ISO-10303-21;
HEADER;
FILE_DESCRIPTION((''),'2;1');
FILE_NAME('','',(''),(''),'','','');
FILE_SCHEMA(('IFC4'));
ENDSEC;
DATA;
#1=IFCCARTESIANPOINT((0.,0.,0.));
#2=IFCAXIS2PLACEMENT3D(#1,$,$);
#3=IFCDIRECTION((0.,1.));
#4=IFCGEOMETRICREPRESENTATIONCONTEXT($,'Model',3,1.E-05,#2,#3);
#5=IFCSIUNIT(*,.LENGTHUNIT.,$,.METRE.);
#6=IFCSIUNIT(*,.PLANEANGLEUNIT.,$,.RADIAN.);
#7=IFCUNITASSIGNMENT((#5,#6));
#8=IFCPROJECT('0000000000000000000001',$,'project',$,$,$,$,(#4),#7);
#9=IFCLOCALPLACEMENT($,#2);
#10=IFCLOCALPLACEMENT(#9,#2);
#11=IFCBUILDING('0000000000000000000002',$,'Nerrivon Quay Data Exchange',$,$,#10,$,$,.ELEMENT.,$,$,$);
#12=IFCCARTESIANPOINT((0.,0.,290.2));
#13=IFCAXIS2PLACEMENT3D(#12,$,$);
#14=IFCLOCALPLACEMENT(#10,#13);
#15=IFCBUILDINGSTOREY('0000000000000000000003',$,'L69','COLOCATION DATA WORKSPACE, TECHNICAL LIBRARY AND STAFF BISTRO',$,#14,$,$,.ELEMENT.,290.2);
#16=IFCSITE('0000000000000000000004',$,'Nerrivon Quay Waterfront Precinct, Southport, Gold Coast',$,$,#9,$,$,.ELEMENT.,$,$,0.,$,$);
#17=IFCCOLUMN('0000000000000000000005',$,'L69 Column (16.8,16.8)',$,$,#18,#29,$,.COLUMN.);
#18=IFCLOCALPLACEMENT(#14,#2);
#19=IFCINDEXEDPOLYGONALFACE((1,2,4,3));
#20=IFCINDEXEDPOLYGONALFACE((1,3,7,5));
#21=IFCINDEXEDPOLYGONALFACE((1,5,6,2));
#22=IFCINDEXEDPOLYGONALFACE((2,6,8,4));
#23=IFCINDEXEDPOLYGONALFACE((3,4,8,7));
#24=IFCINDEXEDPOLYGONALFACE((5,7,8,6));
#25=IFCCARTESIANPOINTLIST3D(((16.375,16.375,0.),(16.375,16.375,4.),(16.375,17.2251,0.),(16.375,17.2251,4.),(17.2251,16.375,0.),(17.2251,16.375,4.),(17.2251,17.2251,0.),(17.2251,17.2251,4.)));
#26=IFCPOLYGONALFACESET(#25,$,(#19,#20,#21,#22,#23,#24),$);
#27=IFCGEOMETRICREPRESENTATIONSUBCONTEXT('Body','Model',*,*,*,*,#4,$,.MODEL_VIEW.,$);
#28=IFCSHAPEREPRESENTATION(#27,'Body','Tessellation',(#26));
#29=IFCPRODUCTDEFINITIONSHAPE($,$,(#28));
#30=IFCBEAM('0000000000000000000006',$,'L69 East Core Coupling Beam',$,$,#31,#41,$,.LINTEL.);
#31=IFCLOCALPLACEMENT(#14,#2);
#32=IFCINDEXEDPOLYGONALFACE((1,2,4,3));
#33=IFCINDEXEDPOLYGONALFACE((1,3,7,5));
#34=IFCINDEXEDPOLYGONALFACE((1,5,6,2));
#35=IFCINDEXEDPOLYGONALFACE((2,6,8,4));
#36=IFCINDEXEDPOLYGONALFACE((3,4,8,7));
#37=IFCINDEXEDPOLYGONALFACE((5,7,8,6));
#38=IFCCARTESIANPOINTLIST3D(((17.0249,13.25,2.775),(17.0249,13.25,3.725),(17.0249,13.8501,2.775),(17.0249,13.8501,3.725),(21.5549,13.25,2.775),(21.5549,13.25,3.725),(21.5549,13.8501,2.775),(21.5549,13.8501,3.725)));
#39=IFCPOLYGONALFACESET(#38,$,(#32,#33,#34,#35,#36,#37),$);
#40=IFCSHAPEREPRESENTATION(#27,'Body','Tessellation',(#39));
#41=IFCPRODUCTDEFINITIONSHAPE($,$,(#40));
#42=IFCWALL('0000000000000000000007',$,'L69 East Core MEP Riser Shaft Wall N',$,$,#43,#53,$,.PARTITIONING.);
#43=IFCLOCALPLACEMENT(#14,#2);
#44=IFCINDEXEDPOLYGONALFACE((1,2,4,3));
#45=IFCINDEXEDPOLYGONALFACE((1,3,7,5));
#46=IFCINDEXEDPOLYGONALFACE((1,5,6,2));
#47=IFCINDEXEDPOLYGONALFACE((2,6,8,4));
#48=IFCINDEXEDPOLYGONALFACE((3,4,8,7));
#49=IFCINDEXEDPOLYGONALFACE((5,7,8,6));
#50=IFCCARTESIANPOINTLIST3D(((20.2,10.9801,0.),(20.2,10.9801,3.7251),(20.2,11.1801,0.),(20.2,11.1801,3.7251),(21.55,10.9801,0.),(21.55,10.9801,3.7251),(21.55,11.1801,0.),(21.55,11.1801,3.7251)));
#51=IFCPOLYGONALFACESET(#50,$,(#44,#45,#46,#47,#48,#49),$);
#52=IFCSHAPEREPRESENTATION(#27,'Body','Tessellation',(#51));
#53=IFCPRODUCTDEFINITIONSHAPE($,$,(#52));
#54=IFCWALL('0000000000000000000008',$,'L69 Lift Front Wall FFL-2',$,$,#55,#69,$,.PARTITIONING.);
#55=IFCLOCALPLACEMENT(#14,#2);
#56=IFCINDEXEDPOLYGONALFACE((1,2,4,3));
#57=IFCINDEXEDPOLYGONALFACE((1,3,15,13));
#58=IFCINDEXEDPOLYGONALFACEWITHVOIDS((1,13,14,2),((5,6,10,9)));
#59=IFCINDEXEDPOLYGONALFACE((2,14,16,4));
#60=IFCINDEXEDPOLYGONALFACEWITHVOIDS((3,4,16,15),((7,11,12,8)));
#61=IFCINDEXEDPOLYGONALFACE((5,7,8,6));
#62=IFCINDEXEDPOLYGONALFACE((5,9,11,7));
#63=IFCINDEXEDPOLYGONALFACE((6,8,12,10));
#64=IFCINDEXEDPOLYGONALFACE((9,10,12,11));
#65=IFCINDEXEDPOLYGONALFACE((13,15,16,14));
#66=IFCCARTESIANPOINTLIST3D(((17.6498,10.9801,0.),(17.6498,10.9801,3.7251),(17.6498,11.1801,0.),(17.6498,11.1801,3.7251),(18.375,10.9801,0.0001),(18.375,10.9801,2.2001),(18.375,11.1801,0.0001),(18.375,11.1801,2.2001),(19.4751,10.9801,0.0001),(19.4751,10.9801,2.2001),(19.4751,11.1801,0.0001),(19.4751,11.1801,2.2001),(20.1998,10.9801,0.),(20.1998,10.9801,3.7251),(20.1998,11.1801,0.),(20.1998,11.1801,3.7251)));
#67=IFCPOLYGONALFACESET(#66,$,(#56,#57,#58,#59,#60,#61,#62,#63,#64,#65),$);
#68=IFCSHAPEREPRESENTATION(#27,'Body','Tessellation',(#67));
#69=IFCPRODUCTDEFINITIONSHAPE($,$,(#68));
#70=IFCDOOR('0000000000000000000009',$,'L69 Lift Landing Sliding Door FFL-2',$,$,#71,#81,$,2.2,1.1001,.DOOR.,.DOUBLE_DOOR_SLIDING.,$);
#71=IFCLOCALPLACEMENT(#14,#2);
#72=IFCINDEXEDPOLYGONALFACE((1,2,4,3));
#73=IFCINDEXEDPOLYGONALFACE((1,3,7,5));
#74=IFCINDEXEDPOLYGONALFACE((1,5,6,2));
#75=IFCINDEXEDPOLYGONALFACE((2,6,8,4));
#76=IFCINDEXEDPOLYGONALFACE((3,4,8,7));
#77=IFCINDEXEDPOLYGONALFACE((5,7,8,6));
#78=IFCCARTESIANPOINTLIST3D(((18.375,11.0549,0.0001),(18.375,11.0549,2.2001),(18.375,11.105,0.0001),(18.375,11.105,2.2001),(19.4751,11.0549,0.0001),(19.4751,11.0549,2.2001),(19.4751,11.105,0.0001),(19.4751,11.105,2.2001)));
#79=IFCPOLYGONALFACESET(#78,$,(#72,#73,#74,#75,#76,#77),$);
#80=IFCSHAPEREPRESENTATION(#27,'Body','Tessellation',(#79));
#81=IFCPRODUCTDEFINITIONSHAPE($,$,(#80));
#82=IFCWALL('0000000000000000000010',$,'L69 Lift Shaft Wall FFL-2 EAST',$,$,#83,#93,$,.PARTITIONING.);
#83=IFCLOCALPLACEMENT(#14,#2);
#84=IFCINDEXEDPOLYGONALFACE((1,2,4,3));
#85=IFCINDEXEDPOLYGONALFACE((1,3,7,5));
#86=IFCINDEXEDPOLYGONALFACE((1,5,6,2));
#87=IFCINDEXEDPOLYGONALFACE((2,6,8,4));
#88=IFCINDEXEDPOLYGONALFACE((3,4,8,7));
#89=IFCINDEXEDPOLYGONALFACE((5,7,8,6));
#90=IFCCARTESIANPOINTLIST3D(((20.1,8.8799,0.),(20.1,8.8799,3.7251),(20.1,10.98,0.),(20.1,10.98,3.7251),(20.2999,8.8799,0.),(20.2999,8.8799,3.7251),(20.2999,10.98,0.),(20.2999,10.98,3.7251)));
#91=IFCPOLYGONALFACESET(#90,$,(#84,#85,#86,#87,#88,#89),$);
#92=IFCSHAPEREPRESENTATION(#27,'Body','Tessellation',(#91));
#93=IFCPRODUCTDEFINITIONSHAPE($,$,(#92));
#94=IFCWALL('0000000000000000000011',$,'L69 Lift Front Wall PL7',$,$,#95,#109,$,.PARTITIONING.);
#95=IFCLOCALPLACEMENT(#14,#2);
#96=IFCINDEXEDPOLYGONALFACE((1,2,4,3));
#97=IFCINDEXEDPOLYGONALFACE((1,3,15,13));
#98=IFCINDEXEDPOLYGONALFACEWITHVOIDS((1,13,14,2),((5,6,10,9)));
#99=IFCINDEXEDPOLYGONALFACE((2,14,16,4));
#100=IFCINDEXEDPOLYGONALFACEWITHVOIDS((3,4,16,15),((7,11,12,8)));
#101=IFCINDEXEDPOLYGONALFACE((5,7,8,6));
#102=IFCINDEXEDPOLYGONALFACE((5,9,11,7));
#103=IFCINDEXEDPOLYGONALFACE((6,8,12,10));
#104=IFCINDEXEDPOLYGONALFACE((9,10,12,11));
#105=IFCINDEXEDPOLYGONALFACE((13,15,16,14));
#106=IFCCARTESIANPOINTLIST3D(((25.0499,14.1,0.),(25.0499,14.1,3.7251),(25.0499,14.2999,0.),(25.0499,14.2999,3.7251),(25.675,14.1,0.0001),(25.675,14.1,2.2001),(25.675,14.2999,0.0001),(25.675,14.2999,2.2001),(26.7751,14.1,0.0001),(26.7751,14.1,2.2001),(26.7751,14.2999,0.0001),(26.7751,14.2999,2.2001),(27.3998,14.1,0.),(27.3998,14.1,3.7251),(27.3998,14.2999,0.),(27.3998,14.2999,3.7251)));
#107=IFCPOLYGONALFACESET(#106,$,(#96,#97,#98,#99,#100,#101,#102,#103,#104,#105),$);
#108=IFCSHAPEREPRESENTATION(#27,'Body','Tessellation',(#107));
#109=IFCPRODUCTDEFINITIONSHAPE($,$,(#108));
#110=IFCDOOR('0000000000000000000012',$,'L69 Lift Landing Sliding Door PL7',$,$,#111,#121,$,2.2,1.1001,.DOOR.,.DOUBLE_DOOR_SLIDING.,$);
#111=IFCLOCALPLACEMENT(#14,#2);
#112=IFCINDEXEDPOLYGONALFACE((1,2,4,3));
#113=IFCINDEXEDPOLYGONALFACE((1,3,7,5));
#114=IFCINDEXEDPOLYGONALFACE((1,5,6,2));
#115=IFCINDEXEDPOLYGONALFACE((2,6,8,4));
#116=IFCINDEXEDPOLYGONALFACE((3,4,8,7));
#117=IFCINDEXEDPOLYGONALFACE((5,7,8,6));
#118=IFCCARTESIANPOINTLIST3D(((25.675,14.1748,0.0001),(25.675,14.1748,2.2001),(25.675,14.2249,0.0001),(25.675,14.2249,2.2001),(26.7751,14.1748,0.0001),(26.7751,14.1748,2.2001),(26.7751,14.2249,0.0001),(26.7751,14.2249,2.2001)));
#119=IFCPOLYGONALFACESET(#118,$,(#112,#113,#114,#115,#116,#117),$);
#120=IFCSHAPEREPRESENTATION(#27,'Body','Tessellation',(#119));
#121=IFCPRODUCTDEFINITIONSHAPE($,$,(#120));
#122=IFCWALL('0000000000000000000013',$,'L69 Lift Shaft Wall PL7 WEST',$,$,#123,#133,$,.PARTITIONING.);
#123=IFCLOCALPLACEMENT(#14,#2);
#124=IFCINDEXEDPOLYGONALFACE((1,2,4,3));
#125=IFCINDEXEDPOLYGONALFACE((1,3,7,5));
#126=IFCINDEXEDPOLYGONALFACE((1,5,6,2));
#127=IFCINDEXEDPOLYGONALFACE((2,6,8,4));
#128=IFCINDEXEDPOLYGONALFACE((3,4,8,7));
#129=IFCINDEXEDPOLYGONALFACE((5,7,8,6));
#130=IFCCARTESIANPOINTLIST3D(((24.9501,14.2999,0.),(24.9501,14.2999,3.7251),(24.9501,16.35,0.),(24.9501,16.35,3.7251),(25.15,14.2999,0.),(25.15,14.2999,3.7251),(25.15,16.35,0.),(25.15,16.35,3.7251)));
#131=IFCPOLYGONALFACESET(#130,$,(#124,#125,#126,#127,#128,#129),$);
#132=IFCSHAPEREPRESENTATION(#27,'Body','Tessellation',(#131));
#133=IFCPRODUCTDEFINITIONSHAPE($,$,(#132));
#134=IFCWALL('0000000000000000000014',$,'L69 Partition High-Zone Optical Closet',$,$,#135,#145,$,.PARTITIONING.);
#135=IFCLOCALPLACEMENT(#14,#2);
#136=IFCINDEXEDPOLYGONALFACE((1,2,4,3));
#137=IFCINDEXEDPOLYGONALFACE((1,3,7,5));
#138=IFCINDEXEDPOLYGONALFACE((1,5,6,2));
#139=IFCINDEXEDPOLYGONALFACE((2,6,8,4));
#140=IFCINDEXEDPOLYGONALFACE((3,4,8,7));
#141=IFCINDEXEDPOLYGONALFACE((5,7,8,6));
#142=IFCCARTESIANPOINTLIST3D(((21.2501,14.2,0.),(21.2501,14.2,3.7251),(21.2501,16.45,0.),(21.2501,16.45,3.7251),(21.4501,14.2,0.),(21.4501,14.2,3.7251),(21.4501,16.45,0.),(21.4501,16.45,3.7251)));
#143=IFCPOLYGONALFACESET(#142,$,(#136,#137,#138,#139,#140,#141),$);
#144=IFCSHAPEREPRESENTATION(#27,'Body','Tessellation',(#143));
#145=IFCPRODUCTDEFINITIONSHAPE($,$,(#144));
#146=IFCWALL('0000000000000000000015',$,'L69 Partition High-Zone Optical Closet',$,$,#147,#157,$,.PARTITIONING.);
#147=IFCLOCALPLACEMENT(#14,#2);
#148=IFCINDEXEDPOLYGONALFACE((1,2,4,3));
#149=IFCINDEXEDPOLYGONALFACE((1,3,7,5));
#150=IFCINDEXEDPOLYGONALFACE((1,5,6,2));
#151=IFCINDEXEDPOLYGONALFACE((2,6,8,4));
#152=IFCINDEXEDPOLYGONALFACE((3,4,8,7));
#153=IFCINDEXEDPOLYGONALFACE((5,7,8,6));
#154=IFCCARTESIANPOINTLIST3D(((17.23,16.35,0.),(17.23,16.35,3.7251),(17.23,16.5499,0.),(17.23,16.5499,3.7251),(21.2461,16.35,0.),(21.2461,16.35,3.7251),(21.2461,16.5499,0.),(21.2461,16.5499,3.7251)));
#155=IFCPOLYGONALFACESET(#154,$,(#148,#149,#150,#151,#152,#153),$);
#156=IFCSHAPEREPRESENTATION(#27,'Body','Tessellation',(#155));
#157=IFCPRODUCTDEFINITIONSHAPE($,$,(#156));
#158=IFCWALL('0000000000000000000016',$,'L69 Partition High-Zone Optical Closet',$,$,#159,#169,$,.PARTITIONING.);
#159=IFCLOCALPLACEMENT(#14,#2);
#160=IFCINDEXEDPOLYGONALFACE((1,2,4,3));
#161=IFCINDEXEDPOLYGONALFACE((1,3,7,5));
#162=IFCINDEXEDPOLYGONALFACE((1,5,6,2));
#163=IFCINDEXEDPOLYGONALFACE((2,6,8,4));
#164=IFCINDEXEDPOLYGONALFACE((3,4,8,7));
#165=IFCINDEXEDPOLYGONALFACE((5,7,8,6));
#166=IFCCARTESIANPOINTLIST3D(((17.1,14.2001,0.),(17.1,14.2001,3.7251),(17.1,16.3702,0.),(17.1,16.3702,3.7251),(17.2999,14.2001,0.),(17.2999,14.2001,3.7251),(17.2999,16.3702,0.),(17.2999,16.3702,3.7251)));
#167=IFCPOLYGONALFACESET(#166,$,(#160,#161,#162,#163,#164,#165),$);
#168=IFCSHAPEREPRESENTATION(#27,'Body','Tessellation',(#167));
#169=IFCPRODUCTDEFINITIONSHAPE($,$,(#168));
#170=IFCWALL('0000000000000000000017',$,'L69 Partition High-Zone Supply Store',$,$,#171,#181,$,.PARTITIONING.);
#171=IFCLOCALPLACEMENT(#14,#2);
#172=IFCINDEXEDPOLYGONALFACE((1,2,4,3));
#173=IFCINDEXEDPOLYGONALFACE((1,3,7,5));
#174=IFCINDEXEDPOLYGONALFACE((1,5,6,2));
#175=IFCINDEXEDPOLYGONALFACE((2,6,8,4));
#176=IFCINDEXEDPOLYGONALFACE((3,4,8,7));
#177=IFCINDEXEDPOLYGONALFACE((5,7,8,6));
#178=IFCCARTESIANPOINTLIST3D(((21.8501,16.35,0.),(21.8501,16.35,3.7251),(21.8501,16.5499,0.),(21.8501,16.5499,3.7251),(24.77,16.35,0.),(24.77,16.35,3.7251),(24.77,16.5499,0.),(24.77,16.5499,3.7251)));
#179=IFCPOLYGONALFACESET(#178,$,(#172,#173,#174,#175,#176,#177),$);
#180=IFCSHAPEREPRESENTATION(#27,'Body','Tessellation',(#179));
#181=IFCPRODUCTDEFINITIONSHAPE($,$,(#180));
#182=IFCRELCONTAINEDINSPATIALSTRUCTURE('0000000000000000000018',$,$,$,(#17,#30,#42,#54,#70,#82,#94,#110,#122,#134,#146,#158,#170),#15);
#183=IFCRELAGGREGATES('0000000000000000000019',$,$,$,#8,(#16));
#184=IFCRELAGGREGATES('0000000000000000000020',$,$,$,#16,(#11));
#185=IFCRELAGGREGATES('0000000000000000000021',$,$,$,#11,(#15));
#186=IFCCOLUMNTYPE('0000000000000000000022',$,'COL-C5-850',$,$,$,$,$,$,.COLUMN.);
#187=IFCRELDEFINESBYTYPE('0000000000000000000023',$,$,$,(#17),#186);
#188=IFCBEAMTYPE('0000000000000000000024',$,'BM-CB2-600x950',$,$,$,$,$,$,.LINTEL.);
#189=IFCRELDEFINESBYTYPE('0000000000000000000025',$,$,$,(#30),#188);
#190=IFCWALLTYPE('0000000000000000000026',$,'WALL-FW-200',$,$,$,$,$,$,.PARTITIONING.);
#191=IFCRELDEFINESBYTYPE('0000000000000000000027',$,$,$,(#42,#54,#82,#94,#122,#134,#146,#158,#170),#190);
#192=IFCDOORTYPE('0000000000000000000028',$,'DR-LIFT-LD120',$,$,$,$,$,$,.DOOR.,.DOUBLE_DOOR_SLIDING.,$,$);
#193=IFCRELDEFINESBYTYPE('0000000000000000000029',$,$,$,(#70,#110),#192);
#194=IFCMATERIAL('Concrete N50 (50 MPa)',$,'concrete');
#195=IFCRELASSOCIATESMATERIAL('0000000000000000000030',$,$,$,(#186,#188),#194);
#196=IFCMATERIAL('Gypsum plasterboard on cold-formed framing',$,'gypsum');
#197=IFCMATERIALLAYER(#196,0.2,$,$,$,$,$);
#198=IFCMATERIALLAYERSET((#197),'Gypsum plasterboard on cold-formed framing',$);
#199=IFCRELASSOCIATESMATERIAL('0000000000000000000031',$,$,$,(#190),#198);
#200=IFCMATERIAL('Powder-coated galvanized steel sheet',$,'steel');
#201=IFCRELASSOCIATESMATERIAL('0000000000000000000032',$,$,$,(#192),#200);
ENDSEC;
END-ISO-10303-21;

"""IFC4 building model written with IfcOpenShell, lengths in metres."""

from ifc_helpers import new_model, si_unit, direction, frame, frame_2d, origin, origin_2d, place, context, subcontext, project, spatial, rectangle, extrude, material, layer, layer_set, material_profile, profile_set, type_object, element, fill, save


model = new_model("IFC4")

# Units and contexts
model_context = context("Model", 3, precision=1e-05, world=origin(), true_north=direction((0.0, 1.0)))
body_context = subcontext(model_context, "Body", "Model", "MODEL_VIEW")
ifc_project = project(units=[si_unit("LENGTHUNIT", "METRE"), si_unit("PLANEANGLEUNIT", "RADIAN")], contexts=[model_context])

# Site, building, storey
site_placement = place(None, origin())
site = spatial("IfcSite", under=ifc_project, at=site_placement, Name="Nerrivon Quay Waterfront Precinct, Southport, Gold Coast", CompositionType="ELEMENT", RefElevation=0.0)
building_placement = place(site_placement, origin())
building = spatial("IfcBuilding", under=site, at=building_placement, Name="Nerrivon Quay Data Exchange", CompositionType="ELEMENT")
storey_placement = place(building_placement, frame((0.0, 0.0, 290.2)))
storey = spatial("IfcBuildingStorey", under=building, at=storey_placement, Name="L69", Description="COLOCATION DATA WORKSPACE, TECHNICAL LIBRARY AND STAFF BISTRO", CompositionType="ELEMENT", Elevation=290.2)

# Column
ifc_material_1 = material(Name="Concrete N50 (50 MPa)", Category="concrete")
ifc_material_profile_1 = material_profile(ifc_material_1, rectangle(XDim=0.8501, YDim=0.8501, at=origin_2d()), Name="RC-COL-850x850")
ifc_profile_set_1 = profile_set([ifc_material_profile_1], Name="Concrete N50 (50 MPa)")
column_type = type_object("IfcColumnType", Name="COL-C5-850", PredefinedType="COLUMN", material=ifc_profile_set_1)
column_placement = place(storey_placement, frame((16.8, 16.8, 0.0), z_axis=(0.0, 0.0, 1.0), x_axis=(1.0, 0.0, 0.0)))
element("IfcColumn", 1, at=column_placement, inside=storey, type_object=column_type, Name="L69 Column (16.8,16.8)", PredefinedType="COLUMN", context=body_context, shape_type="SweptSolid", body=[
    extrude(rectangle(XDim=0.8501, YDim=0.8501, at=origin_2d()), origin(), (0.0, 0.0, 1.0), 4.0),
])

# Beam
ifc_material_profile_2 = material_profile(ifc_material_1, rectangle(XDim=0.6001, YDim=0.95, at=origin_2d()), Name="RC-CB-600x950")
ifc_profile_set_2 = profile_set([ifc_material_profile_2], Name="Concrete N50 (50 MPa)")
beam_type = type_object("IfcBeamType", Name="BM-CB2-600x950", PredefinedType="LINTEL", material=ifc_profile_set_2)
beam_placement = place(storey_placement, frame((17.0249, 13.55, 3.25), z_axis=(1.0, 0.0, 0.0), x_axis=(0.0, 1.0, 0.0)))
element("IfcBeam", 2, at=beam_placement, inside=storey, type_object=beam_type, Name="L69 East Core Coupling Beam", PredefinedType="LINTEL", context=body_context, shape_type="SweptSolid", body=[
    extrude(rectangle(XDim=0.6001, YDim=0.95, at=origin_2d()), origin(), (0.0, 0.0, 1.0), 4.53),
])

# Wall
ifc_material_2 = material(Name="Gypsum plasterboard on cold-formed framing", Category="gypsum")
ifc_layer_1 = layer(ifc_material_2, 0.2)
ifc_layer_set_1 = layer_set([ifc_layer_1], Name="Gypsum plasterboard on cold-formed framing")
wall_type_1 = type_object("IfcWallType", Name="WALL-FW-200", PredefinedType="PARTITIONING", material=ifc_layer_set_1)
wall_1_placement = place(storey_placement, frame((20.2, 11.0801, 0.0), z_axis=(0.0, 0.0, 1.0), x_axis=(1.0, 0.0, 0.0)))
element("IfcWall", 3, at=wall_1_placement, inside=storey, type_object=wall_type_1, Name="L69 East Core MEP Riser Shaft Wall N", PredefinedType="PARTITIONING", context=body_context, shape_type="SweptSolid", body=[
    extrude(rectangle(XDim=1.3501, YDim=0.2, at=frame_2d((0.675, 0.0))), origin(), (0.0, 0.0, 1.0), 3.7251),
])

# Wall, opening, door
wall_2_placement = place(storey_placement, frame((17.6499, 11.0801, 0.0), z_axis=(0.0, 0.0, 1.0), x_axis=(1.0, 0.0, 0.0)))
wall_2 = element("IfcWall", 4, at=wall_2_placement, inside=storey, type_object=wall_type_1, Name="L69 Lift Front Wall FFL-2", PredefinedType="PARTITIONING", context=body_context, shape_type="SweptSolid", body=[
    extrude(rectangle(XDim=2.55, YDim=0.2, at=frame_2d((1.2749, 0.0))), origin(), (0.0, 0.0, 1.0), 3.7251),
])
opening_1_placement = place(wall_2_placement, frame((0.7251, 0.0, 0.0)))
opening_1 = element("IfcOpeningElement", 5, at=opening_1_placement, cuts=wall_2, PredefinedType="OPENING", context=body_context, shape_type="SweptSolid", body=[
    extrude(rectangle(XDim=1.1001, YDim=2.2, at=frame_2d((0.55, 1.1001))), frame((0.0, 0.1099, 0.0), z_axis=(0.0, -1.0, 0.0), x_axis=(1.0, 0.0, 0.0)), (0.0, 0.0, 1.0), 0.22),
])
ifc_material_3 = material(Name="Powder-coated galvanized steel sheet", Category="steel")
door_type_1 = type_object("IfcDoorType", Name="DR-LIFT-LD120", OperationType="DOUBLE_DOOR_SLIDING", PredefinedType="DOOR", material=ifc_material_3)
door_1_placement = place(opening_1_placement, origin())
door_1 = element("IfcDoor", 6, at=door_1_placement, inside=storey, type_object=door_type_1, Name="L69 Lift Landing Sliding Door FFL-2", OperationType="DOUBLE_DOOR_SLIDING", OverallHeight=2.2, OverallWidth=1.1001, PredefinedType="DOOR", context=body_context, shape_type="SweptSolid", body=[
    extrude(rectangle(XDim=1.1001, YDim=2.2, at=frame_2d((0.55, 1.1001))), frame((0.0, 0.0249, 0.0), z_axis=(0.0, -1.0, 0.0), x_axis=(1.0, 0.0, 0.0)), (0.0, 0.0, 1.0), 0.05),
])
fill(opening_1, door_1)

# Wall
wall_3_placement = place(storey_placement, frame((20.2, 8.8799, 0.0), z_axis=(0.0, 0.0, 1.0), x_axis=(0.0, 1.0, 0.0)))
element("IfcWall", 7, at=wall_3_placement, inside=storey, type_object=wall_type_1, Name="L69 Lift Shaft Wall FFL-2 EAST", PredefinedType="PARTITIONING", context=body_context, shape_type="SweptSolid", body=[
    extrude(rectangle(XDim=2.1001, YDim=0.2, at=frame_2d((1.05, 0.0))), origin(), (0.0, 0.0, 1.0), 3.7251),
])

# Wall, opening, door
wall_4_placement = place(storey_placement, frame((25.05, 14.2, 0.0), z_axis=(0.0, 0.0, 1.0), x_axis=(1.0, 0.0, 0.0)))
wall_4 = element("IfcWall", 8, at=wall_4_placement, inside=storey, type_object=wall_type_1, Name="L69 Lift Front Wall PL7", PredefinedType="PARTITIONING", context=body_context, shape_type="SweptSolid", body=[
    extrude(rectangle(XDim=2.3499, YDim=0.2, at=frame_2d((1.1748, 0.0))), origin(), (0.0, 0.0, 1.0), 3.7251),
])
opening_2_placement = place(wall_4_placement, frame((0.625, 0.0, 0.0)))
opening_2 = element("IfcOpeningElement", 9, at=opening_2_placement, cuts=wall_4, PredefinedType="OPENING", context=body_context, shape_type="SweptSolid", body=[
    extrude(rectangle(XDim=1.1001, YDim=2.2, at=frame_2d((0.55, 1.1001))), frame((0.0, 0.1099, 0.0), z_axis=(0.0, -1.0, 0.0), x_axis=(1.0, 0.0, 0.0)), (0.0, 0.0, 1.0), 0.22),
])
door_2_placement = place(opening_2_placement, origin())
door_2 = element("IfcDoor", 10, at=door_2_placement, inside=storey, type_object=door_type_1, Name="L69 Lift Landing Sliding Door PL7", OperationType="DOUBLE_DOOR_SLIDING", OverallHeight=2.2, OverallWidth=1.1001, PredefinedType="DOOR", context=body_context, shape_type="SweptSolid", body=[
    extrude(rectangle(XDim=1.1001, YDim=2.2, at=frame_2d((0.55, 1.1001))), frame((0.0, 0.0249, 0.0), z_axis=(0.0, -1.0, 0.0), x_axis=(1.0, 0.0, 0.0)), (0.0, 0.0, 1.0), 0.05),
])
fill(opening_2, door_2)

# Walls
wall_5_placement = place(storey_placement, frame((25.05, 14.3, 0.0), z_axis=(0.0, 0.0, 1.0), x_axis=(0.0, 1.0, 0.0)))
element("IfcWall", 11, at=wall_5_placement, inside=storey, type_object=wall_type_1, Name="L69 Lift Shaft Wall PL7 WEST", PredefinedType="PARTITIONING", context=body_context, shape_type="SweptSolid", body=[
    extrude(rectangle(XDim=2.05, YDim=0.2, at=frame_2d((1.0249, 0.0))), origin(), (0.0, 0.0, 1.0), 3.7251),
])
wall_6_placement = place(storey_placement, frame((21.3501, 14.2, 0.0), z_axis=(0.0, 0.0, 1.0), x_axis=(0.0, 1.0, 0.0)))
element("IfcWall", 12, at=wall_6_placement, inside=storey, type_object=wall_type_1, Name="L69 Partition High-Zone Optical Closet", PredefinedType="PARTITIONING", context=body_context, shape_type="SweptSolid", body=[
    extrude(rectangle(XDim=2.25, YDim=0.2, at=frame_2d((1.125, 0.0))), origin(), (0.0, 0.0, 1.0), 3.7251),
])
wall_7_placement = place(storey_placement, frame((21.2461, 16.45, 0.0), z_axis=(0.0, 0.0, 1.0), x_axis=(-1.0, 0.0, 0.0)))
element("IfcWall", 13, at=wall_7_placement, inside=storey, type_object=wall_type_1, Name="L69 Partition High-Zone Optical Closet", PredefinedType="PARTITIONING", context=body_context, shape_type="SweptSolid", body=[
    extrude(rectangle(XDim=4.0161, YDim=0.2, at=frame_2d((2.0081, 0.0))), origin(), (0.0, 0.0, 1.0), 3.7251),
])
wall_8_placement = place(storey_placement, frame((17.2, 16.3701, 0.0), z_axis=(0.0, 0.0, 1.0), x_axis=(0.0, -1.0, 0.0)))
element("IfcWall", 14, at=wall_8_placement, inside=storey, type_object=wall_type_1, Name="L69 Partition High-Zone Optical Closet", PredefinedType="PARTITIONING", context=body_context, shape_type="SweptSolid", body=[
    extrude(rectangle(XDim=2.1702, YDim=0.2, at=frame_2d((1.085, 0.0))), origin(), (0.0, 0.0, 1.0), 3.7251),
])

# Wall
wall_9_placement = place(storey_placement, frame((24.77, 16.45, 0.0), z_axis=(0.0, 0.0, 1.0), x_axis=(-1.0, 0.0, 0.0)))
element("IfcWall", 15, at=wall_9_placement, inside=storey, type_object=wall_type_1, Name="L69 Partition High-Zone Supply Store", PredefinedType="PARTITIONING", context=body_context, shape_type="SweptSolid", body=[
    extrude(rectangle(XDim=2.9199, YDim=0.2, at=frame_2d((1.46, 0.0))), origin(), (0.0, 0.0, 1.0), 3.7251),
])

save(model, "model.ifc")
